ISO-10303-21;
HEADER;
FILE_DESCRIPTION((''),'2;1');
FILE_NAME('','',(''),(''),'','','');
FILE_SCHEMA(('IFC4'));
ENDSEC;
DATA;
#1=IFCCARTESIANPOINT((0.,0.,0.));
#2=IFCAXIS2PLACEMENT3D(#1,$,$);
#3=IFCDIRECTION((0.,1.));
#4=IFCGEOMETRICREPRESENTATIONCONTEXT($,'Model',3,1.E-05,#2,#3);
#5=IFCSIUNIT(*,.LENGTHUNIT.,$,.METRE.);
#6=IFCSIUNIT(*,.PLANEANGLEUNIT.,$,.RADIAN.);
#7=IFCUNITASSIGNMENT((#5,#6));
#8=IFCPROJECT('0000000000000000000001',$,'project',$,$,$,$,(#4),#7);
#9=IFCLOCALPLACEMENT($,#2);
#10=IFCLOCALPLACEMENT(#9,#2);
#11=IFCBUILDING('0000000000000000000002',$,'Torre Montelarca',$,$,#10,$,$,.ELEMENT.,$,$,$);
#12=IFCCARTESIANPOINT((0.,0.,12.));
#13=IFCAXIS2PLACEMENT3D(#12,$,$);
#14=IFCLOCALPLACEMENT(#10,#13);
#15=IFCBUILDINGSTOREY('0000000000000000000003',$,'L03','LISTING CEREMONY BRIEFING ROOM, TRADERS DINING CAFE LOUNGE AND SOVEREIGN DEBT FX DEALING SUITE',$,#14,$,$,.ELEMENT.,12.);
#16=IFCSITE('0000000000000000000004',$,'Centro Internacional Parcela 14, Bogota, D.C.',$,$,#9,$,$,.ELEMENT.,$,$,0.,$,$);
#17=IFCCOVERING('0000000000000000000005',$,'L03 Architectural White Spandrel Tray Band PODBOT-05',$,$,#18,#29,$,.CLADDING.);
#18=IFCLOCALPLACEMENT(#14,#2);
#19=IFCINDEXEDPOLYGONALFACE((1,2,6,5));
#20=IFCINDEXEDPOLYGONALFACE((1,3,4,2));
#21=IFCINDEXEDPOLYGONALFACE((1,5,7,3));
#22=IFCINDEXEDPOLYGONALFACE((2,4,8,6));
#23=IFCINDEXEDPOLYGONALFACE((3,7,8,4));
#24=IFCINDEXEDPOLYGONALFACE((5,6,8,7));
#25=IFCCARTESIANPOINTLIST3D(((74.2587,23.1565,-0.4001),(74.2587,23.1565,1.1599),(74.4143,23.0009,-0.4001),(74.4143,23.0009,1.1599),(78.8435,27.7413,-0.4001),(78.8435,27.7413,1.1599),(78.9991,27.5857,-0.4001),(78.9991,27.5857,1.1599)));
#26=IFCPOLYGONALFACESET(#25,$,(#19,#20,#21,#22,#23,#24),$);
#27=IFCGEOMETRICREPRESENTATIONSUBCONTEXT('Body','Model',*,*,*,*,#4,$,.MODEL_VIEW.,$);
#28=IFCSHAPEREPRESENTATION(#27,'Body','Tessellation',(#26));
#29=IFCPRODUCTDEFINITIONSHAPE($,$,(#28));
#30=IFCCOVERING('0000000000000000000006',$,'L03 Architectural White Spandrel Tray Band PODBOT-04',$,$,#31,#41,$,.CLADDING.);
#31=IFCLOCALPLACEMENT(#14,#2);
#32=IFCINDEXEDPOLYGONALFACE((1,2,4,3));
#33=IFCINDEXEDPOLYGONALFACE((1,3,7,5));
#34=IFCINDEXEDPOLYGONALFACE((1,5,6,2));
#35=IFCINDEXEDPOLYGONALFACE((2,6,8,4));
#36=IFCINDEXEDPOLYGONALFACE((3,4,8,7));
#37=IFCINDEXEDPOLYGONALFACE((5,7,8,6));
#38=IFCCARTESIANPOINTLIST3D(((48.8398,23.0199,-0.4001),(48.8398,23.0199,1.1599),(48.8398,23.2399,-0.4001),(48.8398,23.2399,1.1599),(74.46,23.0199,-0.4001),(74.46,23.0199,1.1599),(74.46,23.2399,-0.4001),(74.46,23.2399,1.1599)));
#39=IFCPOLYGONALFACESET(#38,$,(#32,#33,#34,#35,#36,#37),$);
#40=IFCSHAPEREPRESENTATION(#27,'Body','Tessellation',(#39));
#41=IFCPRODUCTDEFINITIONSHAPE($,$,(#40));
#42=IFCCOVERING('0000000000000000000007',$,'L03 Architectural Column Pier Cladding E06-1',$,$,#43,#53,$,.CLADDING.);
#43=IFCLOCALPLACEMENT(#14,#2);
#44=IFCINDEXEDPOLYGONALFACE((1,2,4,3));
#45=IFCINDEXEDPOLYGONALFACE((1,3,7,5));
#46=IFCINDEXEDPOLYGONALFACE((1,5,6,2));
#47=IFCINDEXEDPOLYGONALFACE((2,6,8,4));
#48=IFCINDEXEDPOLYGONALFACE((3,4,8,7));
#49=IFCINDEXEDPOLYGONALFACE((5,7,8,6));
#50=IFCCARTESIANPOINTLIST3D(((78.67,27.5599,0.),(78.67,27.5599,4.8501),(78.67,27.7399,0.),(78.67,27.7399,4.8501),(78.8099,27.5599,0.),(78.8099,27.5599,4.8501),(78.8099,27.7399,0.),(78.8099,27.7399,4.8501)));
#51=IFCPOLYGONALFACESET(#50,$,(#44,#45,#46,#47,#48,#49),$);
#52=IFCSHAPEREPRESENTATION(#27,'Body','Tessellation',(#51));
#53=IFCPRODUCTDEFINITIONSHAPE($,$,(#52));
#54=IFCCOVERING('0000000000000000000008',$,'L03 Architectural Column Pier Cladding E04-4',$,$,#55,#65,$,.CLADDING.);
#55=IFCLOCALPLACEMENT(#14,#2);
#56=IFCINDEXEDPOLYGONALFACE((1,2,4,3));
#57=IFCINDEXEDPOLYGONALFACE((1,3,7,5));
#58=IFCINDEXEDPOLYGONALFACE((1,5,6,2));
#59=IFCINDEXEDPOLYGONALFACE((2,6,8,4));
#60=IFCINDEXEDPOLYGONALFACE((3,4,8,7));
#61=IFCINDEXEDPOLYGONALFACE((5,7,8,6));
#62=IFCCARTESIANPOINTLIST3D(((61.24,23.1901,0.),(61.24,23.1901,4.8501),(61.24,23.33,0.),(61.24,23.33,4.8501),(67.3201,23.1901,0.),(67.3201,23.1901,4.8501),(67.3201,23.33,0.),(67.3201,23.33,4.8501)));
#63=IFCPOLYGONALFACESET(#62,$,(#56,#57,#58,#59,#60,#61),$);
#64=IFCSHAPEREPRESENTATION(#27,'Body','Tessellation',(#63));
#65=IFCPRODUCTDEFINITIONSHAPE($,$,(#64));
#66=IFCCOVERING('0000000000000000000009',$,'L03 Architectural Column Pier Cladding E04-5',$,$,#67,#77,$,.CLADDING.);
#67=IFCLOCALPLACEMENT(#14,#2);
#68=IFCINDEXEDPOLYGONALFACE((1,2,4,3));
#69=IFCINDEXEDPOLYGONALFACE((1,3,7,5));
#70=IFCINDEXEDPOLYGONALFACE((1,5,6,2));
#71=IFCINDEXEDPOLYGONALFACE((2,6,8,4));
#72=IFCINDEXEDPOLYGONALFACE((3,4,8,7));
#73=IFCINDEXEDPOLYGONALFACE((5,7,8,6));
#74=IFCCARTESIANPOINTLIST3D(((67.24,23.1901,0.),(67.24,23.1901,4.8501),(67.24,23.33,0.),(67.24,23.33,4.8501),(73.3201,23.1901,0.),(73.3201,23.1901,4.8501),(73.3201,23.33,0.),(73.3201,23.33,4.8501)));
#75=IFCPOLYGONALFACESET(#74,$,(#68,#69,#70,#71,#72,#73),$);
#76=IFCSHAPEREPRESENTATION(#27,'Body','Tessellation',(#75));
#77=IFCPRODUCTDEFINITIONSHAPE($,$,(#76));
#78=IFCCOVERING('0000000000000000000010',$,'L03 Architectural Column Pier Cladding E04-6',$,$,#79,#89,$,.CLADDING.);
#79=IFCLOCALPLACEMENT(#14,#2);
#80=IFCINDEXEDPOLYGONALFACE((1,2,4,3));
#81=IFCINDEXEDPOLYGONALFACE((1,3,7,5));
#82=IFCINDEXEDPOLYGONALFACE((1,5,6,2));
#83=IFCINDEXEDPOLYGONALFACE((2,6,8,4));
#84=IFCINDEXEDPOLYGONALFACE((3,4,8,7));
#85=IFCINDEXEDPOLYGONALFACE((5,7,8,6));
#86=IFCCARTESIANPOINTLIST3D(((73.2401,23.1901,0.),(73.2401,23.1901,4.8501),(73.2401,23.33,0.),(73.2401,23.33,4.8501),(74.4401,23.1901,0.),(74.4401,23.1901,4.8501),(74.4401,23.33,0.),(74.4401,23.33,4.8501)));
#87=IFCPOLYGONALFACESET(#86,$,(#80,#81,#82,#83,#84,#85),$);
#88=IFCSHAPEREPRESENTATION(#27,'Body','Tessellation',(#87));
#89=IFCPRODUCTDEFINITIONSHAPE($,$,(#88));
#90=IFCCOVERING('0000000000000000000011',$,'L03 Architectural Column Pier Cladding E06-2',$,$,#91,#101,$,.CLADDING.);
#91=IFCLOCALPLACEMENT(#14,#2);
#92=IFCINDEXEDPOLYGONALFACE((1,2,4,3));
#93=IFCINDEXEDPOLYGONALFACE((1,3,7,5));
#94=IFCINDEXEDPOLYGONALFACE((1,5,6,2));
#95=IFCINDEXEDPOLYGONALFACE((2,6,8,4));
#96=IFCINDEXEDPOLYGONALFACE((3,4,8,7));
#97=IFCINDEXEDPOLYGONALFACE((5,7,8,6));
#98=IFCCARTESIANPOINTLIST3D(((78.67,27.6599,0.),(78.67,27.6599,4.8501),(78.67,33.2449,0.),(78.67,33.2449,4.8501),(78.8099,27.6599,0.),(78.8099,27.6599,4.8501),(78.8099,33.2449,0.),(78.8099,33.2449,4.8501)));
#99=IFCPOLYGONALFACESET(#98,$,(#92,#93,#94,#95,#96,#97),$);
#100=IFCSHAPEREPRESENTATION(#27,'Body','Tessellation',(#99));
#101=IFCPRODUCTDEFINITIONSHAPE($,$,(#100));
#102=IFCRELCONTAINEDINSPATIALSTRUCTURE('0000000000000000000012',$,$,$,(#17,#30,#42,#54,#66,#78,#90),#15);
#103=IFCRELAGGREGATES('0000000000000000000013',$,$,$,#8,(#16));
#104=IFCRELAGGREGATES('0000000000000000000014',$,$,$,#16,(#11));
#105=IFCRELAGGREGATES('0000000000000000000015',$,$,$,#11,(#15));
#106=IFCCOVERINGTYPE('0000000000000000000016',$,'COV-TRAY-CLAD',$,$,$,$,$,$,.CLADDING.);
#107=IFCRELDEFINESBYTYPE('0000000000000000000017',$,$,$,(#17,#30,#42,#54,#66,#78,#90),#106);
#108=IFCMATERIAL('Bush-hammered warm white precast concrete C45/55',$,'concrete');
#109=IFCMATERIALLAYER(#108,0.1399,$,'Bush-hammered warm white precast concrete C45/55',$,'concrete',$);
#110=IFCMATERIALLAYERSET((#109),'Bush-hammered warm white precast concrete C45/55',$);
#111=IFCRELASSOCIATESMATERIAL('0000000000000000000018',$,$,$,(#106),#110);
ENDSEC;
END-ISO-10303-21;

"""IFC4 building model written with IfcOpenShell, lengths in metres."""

from ifc_helpers import new_model, si_unit, direction, frame, origin, origin_2d, place, context, subcontext, project, spatial, rectangle, extrude, source, transform, mapped, material, layer, layer_set, type_object, element, save


model = new_model("IFC4")

# Units and contexts
model_context = context("Model", 3, precision=1e-05, world=origin(), true_north=direction((0.0, 1.0)))
body_context = subcontext(model_context, "Body", "Model", "MODEL_VIEW")
ifc_project = project(units=[si_unit("LENGTHUNIT", "METRE"), si_unit("PLANEANGLEUNIT", "RADIAN")], contexts=[model_context])

# Site, building, storey
site_placement = place(None, origin())
site = spatial("IfcSite", under=ifc_project, at=site_placement, Name="Centro Internacional Parcela 14, Bogota, D.C.", CompositionType="ELEMENT", RefElevation=0.0)
building_placement = place(site_placement, origin())
building = spatial("IfcBuilding", under=site, at=building_placement, Name="Torre Montelarca", CompositionType="ELEMENT")
storey_placement = place(building_placement, frame((0.0, 0.0, 12.0)))
storey = spatial("IfcBuildingStorey", under=building, at=storey_placement, Name="L03", Description="LISTING CEREMONY BRIEFING ROOM, TRADERS DINING CAFE LOUNGE AND SOVEREIGN DEBT FX DEALING SUITE", CompositionType="ELEMENT", Elevation=12.0)

# Coverings
ifc_material_1 = material(Name="Bush-hammered warm white precast concrete C45/55", Category="concrete")
ifc_layer_1 = layer(ifc_material_1, 0.1399, Name="Bush-hammered warm white precast concrete C45/55", Category="concrete")
ifc_layer_set_1 = layer_set([ifc_layer_1], Name="Bush-hammered warm white precast concrete C45/55")
covering_type = type_object("IfcCoveringType", Name="COV-TRAY-CLAD", PredefinedType="CLADDING", material=ifc_layer_set_1)
shared_shape_1 = source(origin(), body_context, "Body", "SweptSolid", [
    extrude(rectangle(XDim=6.4839, YDim=0.22, at=origin_2d()), origin(), (0.0, 0.0, 1.0), 1.5601),
])
covering_1_placement = place(storey_placement, frame((76.6289, 25.3711, -0.4001), z_axis=(0.0, 0.0, 1.0), x_axis=(0.707107, 0.707107, 0.0)))
element("IfcCovering", 1, at=covering_1_placement, inside=storey, type_object=covering_type, Name="L03 Architectural White Spandrel Tray Band PODBOT-05", PredefinedType="CLADDING", context=body_context, shape_type="MappedRepresentation", body=[
    mapped(shared_shape_1, transform((0.0, 0.0, 0.0), scale=1.0)),
])
shared_shape_2 = source(origin(), body_context, "Body", "SweptSolid", [
    extrude(rectangle(XDim=25.6201, YDim=0.22, at=origin_2d()), origin(), (0.0, 0.0, 1.0), 1.5601),
])
covering_2_placement = place(storey_placement, frame((61.6499, 23.1299, -0.4001), z_axis=(0.0, 0.0, 1.0), x_axis=(1.0, 0.0, 0.0)))
element("IfcCovering", 2, at=covering_2_placement, inside=storey, type_object=covering_type, Name="L03 Architectural White Spandrel Tray Band PODBOT-04", PredefinedType="CLADDING", context=body_context, shape_type="MappedRepresentation", body=[
    mapped(shared_shape_2, transform((0.0, 0.0, 0.0), scale=1.0)),
])
shared_shape_3 = source(origin(), body_context, "Body", "SweptSolid", [
    extrude(rectangle(XDim=0.1799, YDim=0.1399, at=origin_2d()), origin(), (0.0, 0.0, 1.0), 4.8501),
])
covering_3_placement = place(storey_placement, frame((78.74, 27.6499, 0.0), z_axis=(0.0, 0.0, 1.0), x_axis=(0.0, 1.0, 0.0)))
element("IfcCovering", 3, at=covering_3_placement, inside=storey, type_object=covering_type, Name="L03 Architectural Column Pier Cladding E06-1", PredefinedType="CLADDING", context=body_context, shape_type="MappedRepresentation", body=[
    mapped(shared_shape_3, transform((0.0, 0.0, 0.0), scale=1.0)),
])
shared_shape_4 = source(origin(), body_context, "Body", "SweptSolid", [
    extrude(rectangle(XDim=6.0801, YDim=0.1399, at=origin_2d()), origin(), (0.0, 0.0, 1.0), 4.8501),
])
for number, where, z_axis, x_axis, name in (
    (4, (64.28, 23.26, 0.0), (0.0, 0.0, 1.0), (1.0, 0.0, 0.0), "L03 Architectural Column Pier Cladding E04-4"),
    (5, (70.28, 23.26, 0.0), (0.0, 0.0, 1.0), (1.0, 0.0, 0.0), "L03 Architectural Column Pier Cladding E04-5"),
):
    element("IfcCovering", number, at=place(storey_placement, frame(where, z_axis=z_axis, x_axis=x_axis)), inside=storey, type_object=covering_type, Name=name, PredefinedType="CLADDING", context=body_context, shape_type="MappedRepresentation", body=[
        mapped(shared_shape_4, transform((0.0, 0.0, 0.0), scale=1.0)),
    ])
shared_shape_5 = source(origin(), body_context, "Body", "SweptSolid", [
    extrude(rectangle(XDim=1.2, YDim=0.1399, at=origin_2d()), origin(), (0.0, 0.0, 1.0), 4.8501),
])
covering_4_placement = place(storey_placement, frame((73.8401, 23.26, 0.0), z_axis=(0.0, 0.0, 1.0), x_axis=(1.0, 0.0, 0.0)))
element("IfcCovering", 6, at=covering_4_placement, inside=storey, type_object=covering_type, Name="L03 Architectural Column Pier Cladding E04-6", PredefinedType="CLADDING", context=body_context, shape_type="MappedRepresentation", body=[
    mapped(shared_shape_5, transform((0.0, 0.0, 0.0), scale=1.0)),
])
shared_shape_6 = source(origin(), body_context, "Body", "SweptSolid", [
    extrude(rectangle(XDim=5.585, YDim=0.1399, at=origin_2d()), origin(), (0.0, 0.0, 1.0), 4.8501),
])
covering_5_placement = place(storey_placement, frame((78.74, 30.4524, 0.0), z_axis=(0.0, 0.0, 1.0), x_axis=(0.0, 1.0, 0.0)))
element("IfcCovering", 7, at=covering_5_placement, inside=storey, type_object=covering_type, Name="L03 Architectural Column Pier Cladding E06-2", PredefinedType="CLADDING", context=body_context, shape_type="MappedRepresentation", body=[
    mapped(shared_shape_6, transform((0.0, 0.0, 0.0), scale=1.0)),
])

save(model, "model.ifc")
